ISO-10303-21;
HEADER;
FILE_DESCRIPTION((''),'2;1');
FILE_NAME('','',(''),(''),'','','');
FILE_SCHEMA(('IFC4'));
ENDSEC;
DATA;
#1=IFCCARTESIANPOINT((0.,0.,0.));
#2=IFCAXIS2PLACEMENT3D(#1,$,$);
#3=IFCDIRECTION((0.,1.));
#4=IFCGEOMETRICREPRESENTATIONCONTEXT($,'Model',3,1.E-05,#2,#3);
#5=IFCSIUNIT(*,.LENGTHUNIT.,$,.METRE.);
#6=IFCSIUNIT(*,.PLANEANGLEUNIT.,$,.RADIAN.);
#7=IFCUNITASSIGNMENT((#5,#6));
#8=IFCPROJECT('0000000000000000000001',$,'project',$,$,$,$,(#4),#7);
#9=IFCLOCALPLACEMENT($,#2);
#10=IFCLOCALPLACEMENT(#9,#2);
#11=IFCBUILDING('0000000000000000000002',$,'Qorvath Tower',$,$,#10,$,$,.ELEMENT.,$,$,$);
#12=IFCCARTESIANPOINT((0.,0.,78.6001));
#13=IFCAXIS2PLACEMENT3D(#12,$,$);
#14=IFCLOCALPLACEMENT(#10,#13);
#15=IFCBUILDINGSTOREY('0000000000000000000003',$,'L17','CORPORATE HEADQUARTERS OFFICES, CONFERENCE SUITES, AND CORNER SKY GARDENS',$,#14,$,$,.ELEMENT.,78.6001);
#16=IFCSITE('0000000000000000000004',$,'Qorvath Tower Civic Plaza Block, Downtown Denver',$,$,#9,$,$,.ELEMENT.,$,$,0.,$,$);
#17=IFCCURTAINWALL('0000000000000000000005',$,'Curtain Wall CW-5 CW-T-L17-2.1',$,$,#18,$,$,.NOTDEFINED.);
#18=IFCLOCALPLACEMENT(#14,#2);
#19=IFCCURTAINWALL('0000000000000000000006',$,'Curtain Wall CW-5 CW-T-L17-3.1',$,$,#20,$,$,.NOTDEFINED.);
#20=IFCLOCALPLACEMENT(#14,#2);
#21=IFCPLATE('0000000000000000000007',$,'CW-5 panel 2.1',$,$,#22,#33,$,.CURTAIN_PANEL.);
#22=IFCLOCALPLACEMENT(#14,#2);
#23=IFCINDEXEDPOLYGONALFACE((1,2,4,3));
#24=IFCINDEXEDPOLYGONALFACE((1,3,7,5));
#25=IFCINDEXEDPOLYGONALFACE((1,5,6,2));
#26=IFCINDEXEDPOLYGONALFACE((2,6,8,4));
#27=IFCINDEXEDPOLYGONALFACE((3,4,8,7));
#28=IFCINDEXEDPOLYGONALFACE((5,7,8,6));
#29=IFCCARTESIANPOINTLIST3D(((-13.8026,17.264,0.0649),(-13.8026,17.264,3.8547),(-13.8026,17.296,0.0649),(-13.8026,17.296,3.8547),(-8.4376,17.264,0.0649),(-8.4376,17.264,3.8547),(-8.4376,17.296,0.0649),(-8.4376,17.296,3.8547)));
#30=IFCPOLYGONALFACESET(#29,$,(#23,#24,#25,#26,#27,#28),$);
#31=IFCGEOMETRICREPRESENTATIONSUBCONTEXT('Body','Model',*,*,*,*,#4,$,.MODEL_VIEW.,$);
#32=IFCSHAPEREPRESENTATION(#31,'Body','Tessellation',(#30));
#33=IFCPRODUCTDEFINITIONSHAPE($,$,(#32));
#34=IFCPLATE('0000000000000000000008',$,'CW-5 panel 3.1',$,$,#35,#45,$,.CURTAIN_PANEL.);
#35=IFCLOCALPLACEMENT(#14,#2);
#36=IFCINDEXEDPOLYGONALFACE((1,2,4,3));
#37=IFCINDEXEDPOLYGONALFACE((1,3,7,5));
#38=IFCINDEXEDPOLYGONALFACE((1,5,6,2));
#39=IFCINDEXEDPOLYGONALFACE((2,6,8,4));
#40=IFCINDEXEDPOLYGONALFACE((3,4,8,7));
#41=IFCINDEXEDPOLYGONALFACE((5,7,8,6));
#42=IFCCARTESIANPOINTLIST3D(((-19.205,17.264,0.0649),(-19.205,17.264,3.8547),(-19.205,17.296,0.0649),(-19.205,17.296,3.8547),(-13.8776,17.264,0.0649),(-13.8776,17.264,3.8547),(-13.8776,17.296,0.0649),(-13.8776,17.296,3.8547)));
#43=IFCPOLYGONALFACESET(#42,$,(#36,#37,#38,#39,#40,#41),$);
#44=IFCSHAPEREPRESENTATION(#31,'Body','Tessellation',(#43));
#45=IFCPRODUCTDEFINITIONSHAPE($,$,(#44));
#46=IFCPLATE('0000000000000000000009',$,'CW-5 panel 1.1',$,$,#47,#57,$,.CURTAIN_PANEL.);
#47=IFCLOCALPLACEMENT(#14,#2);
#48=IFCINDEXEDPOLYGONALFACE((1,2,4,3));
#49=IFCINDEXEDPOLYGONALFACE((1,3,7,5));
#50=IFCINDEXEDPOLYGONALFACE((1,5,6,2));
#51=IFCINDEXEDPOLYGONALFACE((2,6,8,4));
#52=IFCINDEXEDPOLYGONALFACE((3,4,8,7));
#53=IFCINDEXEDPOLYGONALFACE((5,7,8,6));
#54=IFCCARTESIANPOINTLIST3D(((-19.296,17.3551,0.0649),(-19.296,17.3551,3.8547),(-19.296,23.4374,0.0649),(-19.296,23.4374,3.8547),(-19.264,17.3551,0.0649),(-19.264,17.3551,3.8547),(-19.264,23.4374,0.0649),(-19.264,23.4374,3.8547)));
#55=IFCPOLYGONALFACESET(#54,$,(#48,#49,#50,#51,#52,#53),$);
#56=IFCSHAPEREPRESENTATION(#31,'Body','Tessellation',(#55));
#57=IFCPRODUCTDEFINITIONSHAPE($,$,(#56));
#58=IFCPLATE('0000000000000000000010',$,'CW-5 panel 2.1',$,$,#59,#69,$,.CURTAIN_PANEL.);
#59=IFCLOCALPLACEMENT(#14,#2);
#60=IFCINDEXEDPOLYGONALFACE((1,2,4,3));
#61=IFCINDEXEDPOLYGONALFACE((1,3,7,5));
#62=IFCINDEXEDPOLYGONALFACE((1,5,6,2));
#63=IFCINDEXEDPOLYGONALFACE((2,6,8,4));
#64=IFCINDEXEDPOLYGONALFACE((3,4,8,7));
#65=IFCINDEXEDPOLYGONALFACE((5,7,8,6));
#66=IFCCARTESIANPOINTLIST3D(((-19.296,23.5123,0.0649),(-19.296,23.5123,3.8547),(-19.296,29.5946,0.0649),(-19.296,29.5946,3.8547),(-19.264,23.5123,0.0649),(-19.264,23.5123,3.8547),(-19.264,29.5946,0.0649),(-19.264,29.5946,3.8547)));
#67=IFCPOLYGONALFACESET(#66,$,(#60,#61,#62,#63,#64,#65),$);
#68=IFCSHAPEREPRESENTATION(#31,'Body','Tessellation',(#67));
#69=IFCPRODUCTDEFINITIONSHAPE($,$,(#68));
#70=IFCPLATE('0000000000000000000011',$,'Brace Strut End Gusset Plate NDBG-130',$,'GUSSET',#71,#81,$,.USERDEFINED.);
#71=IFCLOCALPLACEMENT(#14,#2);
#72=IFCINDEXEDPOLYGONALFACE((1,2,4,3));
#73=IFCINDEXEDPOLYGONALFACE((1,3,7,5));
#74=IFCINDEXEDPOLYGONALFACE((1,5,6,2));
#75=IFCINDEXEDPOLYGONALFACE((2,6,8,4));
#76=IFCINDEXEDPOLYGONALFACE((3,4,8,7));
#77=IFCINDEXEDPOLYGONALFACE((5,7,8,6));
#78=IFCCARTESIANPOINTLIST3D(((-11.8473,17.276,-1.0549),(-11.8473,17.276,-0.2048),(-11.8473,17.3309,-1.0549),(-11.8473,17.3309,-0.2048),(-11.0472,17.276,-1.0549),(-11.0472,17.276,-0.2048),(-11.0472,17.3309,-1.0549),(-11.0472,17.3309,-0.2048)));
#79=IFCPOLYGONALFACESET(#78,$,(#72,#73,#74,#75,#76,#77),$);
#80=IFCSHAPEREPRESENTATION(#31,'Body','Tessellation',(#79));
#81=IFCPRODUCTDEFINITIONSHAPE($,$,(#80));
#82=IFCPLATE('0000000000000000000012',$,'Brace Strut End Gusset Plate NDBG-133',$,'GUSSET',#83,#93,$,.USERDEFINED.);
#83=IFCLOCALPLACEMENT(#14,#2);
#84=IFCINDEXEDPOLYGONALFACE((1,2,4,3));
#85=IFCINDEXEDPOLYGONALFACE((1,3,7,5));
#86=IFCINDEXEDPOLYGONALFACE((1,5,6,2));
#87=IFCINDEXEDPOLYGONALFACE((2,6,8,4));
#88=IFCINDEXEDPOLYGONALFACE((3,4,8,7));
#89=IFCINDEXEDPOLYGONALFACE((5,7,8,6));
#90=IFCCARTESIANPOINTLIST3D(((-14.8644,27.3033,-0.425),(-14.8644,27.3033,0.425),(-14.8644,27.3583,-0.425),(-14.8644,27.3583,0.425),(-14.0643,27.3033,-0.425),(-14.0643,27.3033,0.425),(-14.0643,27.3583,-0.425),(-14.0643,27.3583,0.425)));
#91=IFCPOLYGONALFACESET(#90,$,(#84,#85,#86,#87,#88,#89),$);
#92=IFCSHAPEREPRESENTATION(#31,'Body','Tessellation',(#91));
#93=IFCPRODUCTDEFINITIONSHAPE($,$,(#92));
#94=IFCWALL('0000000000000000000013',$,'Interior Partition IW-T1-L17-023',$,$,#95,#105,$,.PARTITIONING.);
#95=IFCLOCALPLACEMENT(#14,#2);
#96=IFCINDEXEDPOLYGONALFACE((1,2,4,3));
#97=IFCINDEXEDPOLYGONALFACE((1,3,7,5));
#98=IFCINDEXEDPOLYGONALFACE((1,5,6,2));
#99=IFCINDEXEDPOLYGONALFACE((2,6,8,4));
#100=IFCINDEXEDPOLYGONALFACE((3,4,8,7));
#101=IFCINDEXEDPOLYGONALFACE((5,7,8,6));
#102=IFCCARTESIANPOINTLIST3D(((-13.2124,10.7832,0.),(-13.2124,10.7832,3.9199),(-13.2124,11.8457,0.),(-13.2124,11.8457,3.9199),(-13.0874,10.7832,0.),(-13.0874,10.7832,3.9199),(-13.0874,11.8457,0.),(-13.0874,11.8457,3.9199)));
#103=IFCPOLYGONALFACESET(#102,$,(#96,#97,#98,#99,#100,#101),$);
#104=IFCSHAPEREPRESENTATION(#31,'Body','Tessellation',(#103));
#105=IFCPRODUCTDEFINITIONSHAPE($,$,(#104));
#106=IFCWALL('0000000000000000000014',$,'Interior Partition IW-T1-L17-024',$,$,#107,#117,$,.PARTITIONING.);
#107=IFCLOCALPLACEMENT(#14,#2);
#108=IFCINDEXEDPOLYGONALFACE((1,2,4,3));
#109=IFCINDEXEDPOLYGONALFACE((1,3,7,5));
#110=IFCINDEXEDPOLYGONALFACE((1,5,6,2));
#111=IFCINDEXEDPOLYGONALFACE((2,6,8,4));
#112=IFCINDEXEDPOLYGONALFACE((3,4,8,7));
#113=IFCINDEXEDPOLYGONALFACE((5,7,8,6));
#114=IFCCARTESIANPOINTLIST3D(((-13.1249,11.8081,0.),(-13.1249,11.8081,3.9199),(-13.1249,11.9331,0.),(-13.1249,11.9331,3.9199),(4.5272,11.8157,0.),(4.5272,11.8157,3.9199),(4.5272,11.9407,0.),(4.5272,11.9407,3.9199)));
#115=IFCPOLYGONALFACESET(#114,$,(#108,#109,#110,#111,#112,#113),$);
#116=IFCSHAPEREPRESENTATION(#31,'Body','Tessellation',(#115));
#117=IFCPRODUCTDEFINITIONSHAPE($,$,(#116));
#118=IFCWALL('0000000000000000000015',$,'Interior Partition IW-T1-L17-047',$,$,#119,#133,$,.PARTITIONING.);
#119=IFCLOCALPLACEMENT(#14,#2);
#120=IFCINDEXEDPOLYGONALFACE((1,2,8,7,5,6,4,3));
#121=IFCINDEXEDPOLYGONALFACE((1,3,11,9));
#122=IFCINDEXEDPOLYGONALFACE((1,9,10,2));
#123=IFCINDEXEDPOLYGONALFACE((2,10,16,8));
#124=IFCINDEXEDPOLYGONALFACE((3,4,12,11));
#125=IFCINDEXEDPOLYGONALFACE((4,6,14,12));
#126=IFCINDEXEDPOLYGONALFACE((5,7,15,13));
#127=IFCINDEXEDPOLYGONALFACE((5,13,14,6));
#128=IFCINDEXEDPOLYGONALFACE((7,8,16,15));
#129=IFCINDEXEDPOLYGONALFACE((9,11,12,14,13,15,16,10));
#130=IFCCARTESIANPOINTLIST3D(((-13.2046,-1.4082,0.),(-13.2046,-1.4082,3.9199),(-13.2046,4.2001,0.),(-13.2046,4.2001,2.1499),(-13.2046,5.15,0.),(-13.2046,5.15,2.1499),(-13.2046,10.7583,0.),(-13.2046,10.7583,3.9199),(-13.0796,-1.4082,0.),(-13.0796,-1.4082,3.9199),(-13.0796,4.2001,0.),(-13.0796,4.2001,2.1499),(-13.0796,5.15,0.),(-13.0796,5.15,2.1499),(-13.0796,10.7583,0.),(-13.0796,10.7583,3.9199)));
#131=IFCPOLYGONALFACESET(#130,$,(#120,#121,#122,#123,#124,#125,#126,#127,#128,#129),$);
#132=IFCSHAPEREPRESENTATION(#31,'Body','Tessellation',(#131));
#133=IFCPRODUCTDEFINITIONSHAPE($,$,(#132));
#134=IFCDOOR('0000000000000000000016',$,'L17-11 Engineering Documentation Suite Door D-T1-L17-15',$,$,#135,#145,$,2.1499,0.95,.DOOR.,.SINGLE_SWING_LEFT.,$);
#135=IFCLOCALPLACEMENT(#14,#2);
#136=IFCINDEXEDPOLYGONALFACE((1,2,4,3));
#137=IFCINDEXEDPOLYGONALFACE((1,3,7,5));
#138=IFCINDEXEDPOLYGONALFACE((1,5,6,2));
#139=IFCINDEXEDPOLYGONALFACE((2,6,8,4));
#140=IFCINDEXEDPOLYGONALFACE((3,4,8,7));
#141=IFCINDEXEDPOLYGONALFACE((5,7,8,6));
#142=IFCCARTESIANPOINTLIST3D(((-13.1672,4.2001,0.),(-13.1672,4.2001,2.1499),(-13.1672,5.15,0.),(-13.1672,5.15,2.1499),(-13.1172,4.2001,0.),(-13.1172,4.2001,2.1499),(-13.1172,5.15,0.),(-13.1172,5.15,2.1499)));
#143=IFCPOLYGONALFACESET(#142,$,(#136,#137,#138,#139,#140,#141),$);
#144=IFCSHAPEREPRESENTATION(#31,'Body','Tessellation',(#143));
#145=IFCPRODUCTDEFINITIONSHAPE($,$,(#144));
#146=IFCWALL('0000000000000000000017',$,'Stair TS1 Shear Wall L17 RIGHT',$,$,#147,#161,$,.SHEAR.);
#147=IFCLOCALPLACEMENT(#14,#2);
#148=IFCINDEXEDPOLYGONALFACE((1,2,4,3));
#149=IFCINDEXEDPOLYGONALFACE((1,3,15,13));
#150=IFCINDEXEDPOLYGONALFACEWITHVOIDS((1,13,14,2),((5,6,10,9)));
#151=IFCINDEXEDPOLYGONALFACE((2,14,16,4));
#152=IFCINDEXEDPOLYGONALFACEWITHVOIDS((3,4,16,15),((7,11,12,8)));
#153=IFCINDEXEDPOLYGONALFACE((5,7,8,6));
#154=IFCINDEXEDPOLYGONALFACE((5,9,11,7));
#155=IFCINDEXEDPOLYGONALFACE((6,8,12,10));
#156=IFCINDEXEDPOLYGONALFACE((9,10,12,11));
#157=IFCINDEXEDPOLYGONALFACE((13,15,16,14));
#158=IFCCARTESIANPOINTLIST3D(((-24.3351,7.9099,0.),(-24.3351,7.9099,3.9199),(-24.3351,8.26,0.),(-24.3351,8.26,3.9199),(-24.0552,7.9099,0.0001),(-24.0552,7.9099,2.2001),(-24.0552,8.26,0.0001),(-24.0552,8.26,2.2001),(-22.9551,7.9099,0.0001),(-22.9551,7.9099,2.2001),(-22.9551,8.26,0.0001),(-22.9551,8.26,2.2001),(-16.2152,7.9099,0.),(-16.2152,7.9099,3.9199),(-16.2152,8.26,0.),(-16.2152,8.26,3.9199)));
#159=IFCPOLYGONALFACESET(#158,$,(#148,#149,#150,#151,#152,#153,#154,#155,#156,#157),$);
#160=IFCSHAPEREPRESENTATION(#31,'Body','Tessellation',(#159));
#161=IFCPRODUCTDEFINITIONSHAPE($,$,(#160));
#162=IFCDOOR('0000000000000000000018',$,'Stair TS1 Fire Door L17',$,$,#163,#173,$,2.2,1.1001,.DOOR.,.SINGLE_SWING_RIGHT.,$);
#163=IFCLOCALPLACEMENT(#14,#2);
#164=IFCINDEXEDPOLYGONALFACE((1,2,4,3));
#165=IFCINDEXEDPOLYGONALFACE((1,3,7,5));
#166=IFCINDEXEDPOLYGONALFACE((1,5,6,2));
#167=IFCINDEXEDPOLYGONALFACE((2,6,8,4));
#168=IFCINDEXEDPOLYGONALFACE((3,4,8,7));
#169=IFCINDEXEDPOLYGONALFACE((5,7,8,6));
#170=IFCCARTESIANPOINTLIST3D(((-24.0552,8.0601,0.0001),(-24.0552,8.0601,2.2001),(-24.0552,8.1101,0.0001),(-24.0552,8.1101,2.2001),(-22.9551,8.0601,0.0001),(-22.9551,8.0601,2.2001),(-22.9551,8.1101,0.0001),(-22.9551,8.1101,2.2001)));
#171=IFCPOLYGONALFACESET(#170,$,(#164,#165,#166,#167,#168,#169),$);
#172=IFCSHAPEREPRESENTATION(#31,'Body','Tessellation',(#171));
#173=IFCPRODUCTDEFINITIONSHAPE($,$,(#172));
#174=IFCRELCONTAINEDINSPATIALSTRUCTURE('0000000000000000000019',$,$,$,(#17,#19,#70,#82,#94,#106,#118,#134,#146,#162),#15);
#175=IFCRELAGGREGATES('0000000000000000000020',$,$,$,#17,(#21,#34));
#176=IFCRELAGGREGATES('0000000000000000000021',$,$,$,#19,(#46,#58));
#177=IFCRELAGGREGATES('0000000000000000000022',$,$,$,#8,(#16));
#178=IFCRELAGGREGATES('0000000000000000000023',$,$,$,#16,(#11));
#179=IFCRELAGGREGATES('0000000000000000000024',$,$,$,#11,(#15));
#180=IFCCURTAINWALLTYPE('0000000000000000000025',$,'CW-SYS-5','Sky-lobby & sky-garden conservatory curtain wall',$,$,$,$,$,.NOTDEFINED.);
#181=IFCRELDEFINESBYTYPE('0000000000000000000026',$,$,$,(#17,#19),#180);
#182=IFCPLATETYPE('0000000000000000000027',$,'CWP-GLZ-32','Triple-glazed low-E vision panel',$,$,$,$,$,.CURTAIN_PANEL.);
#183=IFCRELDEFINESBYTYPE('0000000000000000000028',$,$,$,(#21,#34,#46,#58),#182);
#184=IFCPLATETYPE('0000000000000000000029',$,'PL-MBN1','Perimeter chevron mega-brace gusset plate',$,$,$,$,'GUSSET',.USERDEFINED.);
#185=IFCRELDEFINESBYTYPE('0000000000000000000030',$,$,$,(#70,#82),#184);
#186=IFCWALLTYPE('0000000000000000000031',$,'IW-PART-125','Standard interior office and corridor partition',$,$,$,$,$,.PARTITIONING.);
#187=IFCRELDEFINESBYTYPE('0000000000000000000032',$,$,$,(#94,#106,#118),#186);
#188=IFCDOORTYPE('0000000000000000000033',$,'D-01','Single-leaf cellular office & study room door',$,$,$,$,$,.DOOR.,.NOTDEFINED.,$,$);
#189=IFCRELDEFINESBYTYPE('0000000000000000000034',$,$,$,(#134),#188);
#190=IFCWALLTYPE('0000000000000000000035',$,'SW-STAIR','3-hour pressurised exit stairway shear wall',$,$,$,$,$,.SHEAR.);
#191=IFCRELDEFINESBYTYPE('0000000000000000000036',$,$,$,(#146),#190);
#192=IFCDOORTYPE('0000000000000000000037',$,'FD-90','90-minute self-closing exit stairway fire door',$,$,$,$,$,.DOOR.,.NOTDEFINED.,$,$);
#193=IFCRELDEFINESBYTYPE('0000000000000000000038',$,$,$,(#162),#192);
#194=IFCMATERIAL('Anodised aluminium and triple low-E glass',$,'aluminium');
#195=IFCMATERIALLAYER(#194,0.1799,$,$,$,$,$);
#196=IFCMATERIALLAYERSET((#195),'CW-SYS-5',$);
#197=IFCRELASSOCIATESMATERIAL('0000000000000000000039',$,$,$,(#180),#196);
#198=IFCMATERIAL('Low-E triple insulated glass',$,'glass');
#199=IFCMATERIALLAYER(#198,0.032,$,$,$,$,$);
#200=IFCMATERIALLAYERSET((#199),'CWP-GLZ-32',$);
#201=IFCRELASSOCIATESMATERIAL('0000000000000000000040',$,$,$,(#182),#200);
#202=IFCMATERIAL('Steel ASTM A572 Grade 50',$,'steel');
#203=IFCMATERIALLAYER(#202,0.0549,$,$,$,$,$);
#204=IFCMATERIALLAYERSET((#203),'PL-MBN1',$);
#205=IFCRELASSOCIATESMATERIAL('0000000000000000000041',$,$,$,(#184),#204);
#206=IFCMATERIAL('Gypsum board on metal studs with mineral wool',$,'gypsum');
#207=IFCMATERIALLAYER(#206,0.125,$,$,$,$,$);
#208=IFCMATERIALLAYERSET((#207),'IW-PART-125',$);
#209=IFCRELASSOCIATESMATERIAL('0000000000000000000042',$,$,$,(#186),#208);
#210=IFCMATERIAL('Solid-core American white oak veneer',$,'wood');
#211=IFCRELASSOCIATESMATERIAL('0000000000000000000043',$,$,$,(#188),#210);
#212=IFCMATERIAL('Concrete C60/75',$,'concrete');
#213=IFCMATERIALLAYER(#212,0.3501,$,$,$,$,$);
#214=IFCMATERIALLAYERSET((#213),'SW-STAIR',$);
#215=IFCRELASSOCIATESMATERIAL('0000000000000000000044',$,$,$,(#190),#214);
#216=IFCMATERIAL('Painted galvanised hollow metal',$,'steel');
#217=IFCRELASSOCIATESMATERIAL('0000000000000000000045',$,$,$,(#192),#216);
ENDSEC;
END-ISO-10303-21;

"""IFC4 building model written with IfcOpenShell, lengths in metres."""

from ifc_helpers import new_model, si_unit, direction, frame, frame_2d, origin, origin_2d, place, context, subcontext, project, spatial, rectangle, extrude, material, layer, layer_set, type_object, element, fill, aggregate, save


model = new_model("IFC4")

# Units and contexts
model_context = context("Model", 3, precision=1e-05, world=origin(), true_north=direction((0.0, 1.0)))
body_context = subcontext(model_context, "Body", "Model", "MODEL_VIEW")
ifc_project = project(units=[si_unit("LENGTHUNIT", "METRE"), si_unit("PLANEANGLEUNIT", "RADIAN")], contexts=[model_context])

# Site, building, storey
site_placement = place(None, origin())
site = spatial("IfcSite", under=ifc_project, at=site_placement, Name="Qorvath Tower Civic Plaza Block, Downtown Denver", CompositionType="ELEMENT", RefElevation=0.0)
building_placement = place(site_placement, origin())
building = spatial("IfcBuilding", under=site, at=building_placement, Name="Qorvath Tower", CompositionType="ELEMENT")
storey_placement = place(building_placement, frame((0.0, 0.0, 78.6001)))
storey = spatial("IfcBuildingStorey", under=building, at=storey_placement, Name="L17", Description="CORPORATE HEADQUARTERS OFFICES, CONFERENCE SUITES, AND CORNER SKY GARDENS", CompositionType="ELEMENT", Elevation=78.6001)

# Curtain walls
ifc_material_1 = material(Name="Anodised aluminium and triple low-E glass", Category="aluminium")
ifc_layer_1 = layer(ifc_material_1, 0.1799)
ifc_layer_set_1 = layer_set([ifc_layer_1], Name="CW-SYS-5")
curtain_wall_type = type_object("IfcCurtainWallType", Name="CW-SYS-5", Description="Sky-lobby & sky-garden conservatory curtain wall", PredefinedType="NOTDEFINED", material=ifc_layer_set_1)
curtain_wall_1_placement = place(storey_placement, origin())
curtain_wall_1 = element("IfcCurtainWall", 1, at=curtain_wall_1_placement, inside=storey, type_object=curtain_wall_type, Name="Curtain Wall CW-5 CW-T-L17-2.1", PredefinedType="NOTDEFINED")
curtain_wall_2_placement = place(storey_placement, origin())
curtain_wall_2 = element("IfcCurtainWall", 2, at=curtain_wall_2_placement, inside=storey, type_object=curtain_wall_type, Name="Curtain Wall CW-5 CW-T-L17-3.1", PredefinedType="NOTDEFINED")

# Plates
ifc_material_2 = material(Name="Low-E triple insulated glass", Category="glass")
ifc_layer_2 = layer(ifc_material_2, 0.032)
ifc_layer_set_2 = layer_set([ifc_layer_2], Name="CWP-GLZ-32")
plate_type_1 = type_object("IfcPlateType", Name="CWP-GLZ-32", Description="Triple-glazed low-E vision panel", PredefinedType="CURTAIN_PANEL", material=ifc_layer_set_2)
plate_1_placement = place(storey_placement, frame((-11.1201, 17.28, 0.0649), z_axis=(0.0, 0.0, 1.0), x_axis=(-1.0, 0.0, 0.0)))
plate_1 = element("IfcPlate", 3, at=plate_1_placement, type_object=plate_type_1, Name="CW-5 panel 2.1", PredefinedType="CURTAIN_PANEL", context=body_context, shape_type="SweptSolid", body=[
    extrude(rectangle(XDim=5.365, YDim=0.032, at=origin_2d()), origin(), (0.0, 0.0, 1.0), 3.7898),
])
plate_2_placement = place(storey_placement, frame((-16.5413, 17.28, 0.0649), z_axis=(0.0, 0.0, 1.0), x_axis=(-1.0, 0.0, 0.0)))
plate_2 = element("IfcPlate", 4, at=plate_2_placement, type_object=plate_type_1, Name="CW-5 panel 3.1", PredefinedType="CURTAIN_PANEL", context=body_context, shape_type="SweptSolid", body=[
    extrude(rectangle(XDim=5.3274, YDim=0.032, at=origin_2d()), origin(), (0.0, 0.0, 1.0), 3.7898),
])
aggregate(curtain_wall_1, [plate_1, plate_2])
plate_3_placement = place(storey_placement, frame((-19.28, 20.3962, 0.0649), z_axis=(0.0, 0.0, 1.0), x_axis=(0.0, 1.0, 0.0)))
plate_3 = element("IfcPlate", 5, at=plate_3_placement, type_object=plate_type_1, Name="CW-5 panel 1.1", PredefinedType="CURTAIN_PANEL", context=body_context, shape_type="SweptSolid", body=[
    extrude(rectangle(XDim=6.0823, YDim=0.032, at=origin_2d()), origin(), (0.0, 0.0, 1.0), 3.7898),
])
plate_4_placement = place(storey_placement, frame((-19.28, 26.5535, 0.0649), z_axis=(0.0, 0.0, 1.0), x_axis=(0.0, 1.0, 0.0)))
plate_4 = element("IfcPlate", 6, at=plate_4_placement, type_object=plate_type_1, Name="CW-5 panel 2.1", PredefinedType="CURTAIN_PANEL", context=body_context, shape_type="SweptSolid", body=[
    extrude(rectangle(XDim=6.0823, YDim=0.032, at=origin_2d()), origin(), (0.0, 0.0, 1.0), 3.7898),
])
aggregate(curtain_wall_2, [plate_3, plate_4])

# Plates
ifc_material_3 = material(Name="Steel ASTM A572 Grade 50", Category="steel")
ifc_layer_3 = layer(ifc_material_3, 0.0549)
ifc_layer_set_3 = layer_set([ifc_layer_3], Name="PL-MBN1")
plate_type_2 = type_object("IfcPlateType", Name="PL-MBN1", Description="Perimeter chevron mega-brace gusset plate", ElementType="GUSSET", PredefinedType="USERDEFINED", material=ifc_layer_set_3)
for number, where, z_axis, x_axis, name in (
    (7, (-11.4473, 17.3035, -1.0549), (0.0, 0.0, 1.0), (1.0, 0.0, 0.0), "Brace Strut End Gusset Plate NDBG-130"),
    (8, (-14.4644, 27.3308, -0.425), (0.0, 0.0, 1.0), (1.0, 0.0, 0.0), "Brace Strut End Gusset Plate NDBG-133"),
):
    element("IfcPlate", number, at=place(storey_placement, frame(where, z_axis=z_axis, x_axis=x_axis)), inside=storey, type_object=plate_type_2, Name=name, ObjectType="GUSSET", PredefinedType="USERDEFINED", context=body_context, shape_type="SweptSolid", body=[
        extrude(rectangle(XDim=0.8, YDim=0.0549, at=origin_2d()), origin(), (0.0, 0.0, 1.0), 0.8501),
    ])

# Walls
ifc_material_4 = material(Name="Gypsum board on metal studs with mineral wool", Category="gypsum")
ifc_layer_4 = layer(ifc_material_4, 0.125)
ifc_layer_set_4 = layer_set([ifc_layer_4], Name="IW-PART-125")
wall_type_1 = type_object("IfcWallType", Name="IW-PART-125", Description="Standard interior office and corridor partition", PredefinedType="PARTITIONING", material=ifc_layer_set_4)
wall_1_placement = place(storey_placement, frame((-13.1499, 11.8457, 0.0), z_axis=(0.0, 0.0, 1.0), x_axis=(0.0, -1.0, 0.0)))
element("IfcWall", 9, at=wall_1_placement, inside=storey, type_object=wall_type_1, Name="Interior Partition IW-T1-L17-023", PredefinedType="PARTITIONING", context=body_context, shape_type="SweptSolid", body=[
    extrude(rectangle(XDim=1.0625, YDim=0.125, at=frame_2d((0.5312, 0.0))), origin(), (0.0, 0.0, 1.0), 3.9199),
])
wall_2_placement = place(storey_placement, frame((-13.125, 11.8706, 0.0), z_axis=(0.0, 0.0, 1.0), x_axis=(1.0, 0.000429, 0.0)))
element("IfcWall", 10, at=wall_2_placement, inside=storey, type_object=wall_type_1, Name="Interior Partition IW-T1-L17-024", PredefinedType="PARTITIONING", context=body_context, shape_type="SweptSolid", body=[
    extrude(rectangle(XDim=17.6521, YDim=0.125, at=frame_2d((8.8262, 0.0))), origin(), (0.0, 0.0, 1.0), 3.9199),
])

# Walls, openings, doors
wall_3_placement = place(storey_placement, frame((-13.1421, 10.7583, 0.0), z_axis=(0.0, 0.0, 1.0), x_axis=(0.0, -1.0, 0.0)))
wall_3 = element("IfcWall", 11, at=wall_3_placement, inside=storey, type_object=wall_type_1, Name="Interior Partition IW-T1-L17-047", PredefinedType="PARTITIONING", context=body_context, shape_type="SweptSolid", body=[
    extrude(rectangle(XDim=12.1665, YDim=0.125, at=frame_2d((6.0833, 0.0))), origin(), (0.0, 0.0, 1.0), 3.9199),
])
opening_1_placement = place(wall_3_placement, frame((5.6082, 0.0, 0.0)))
opening_1 = element("IfcOpeningElement", 12, at=opening_1_placement, cuts=wall_3, PredefinedType="OPENING", context=body_context, shape_type="SweptSolid", body=[
    extrude(rectangle(XDim=0.95, YDim=2.1499, at=frame_2d((0.4751, 1.075))), frame((0.0, 0.0725, 0.0), z_axis=(0.0, -1.0, 0.0), x_axis=(1.0, 0.0, 0.0)), (0.0, 0.0, 1.0), 0.145),
])
ifc_material_5 = material(Name="Solid-core American white oak veneer", Category="wood")
door_type_1 = type_object("IfcDoorType", Name="D-01", Description="Single-leaf cellular office & study room door", OperationType="NOTDEFINED", PredefinedType="DOOR", material=ifc_material_5)
door_1_placement = place(opening_1_placement, origin())
door_1 = element("IfcDoor", 13, at=door_1_placement, inside=storey, type_object=door_type_1, Name="L17-11 Engineering Documentation Suite Door D-T1-L17-15", OperationType="SINGLE_SWING_LEFT", OverallHeight=2.1499, OverallWidth=0.95, PredefinedType="DOOR", context=body_context, shape_type="SweptSolid", body=[
    extrude(rectangle(XDim=0.95, YDim=2.1499, at=frame_2d((0.4751, 1.075))), frame((0.0, 0.0249, 0.0), z_axis=(0.0, -1.0, 0.0), x_axis=(1.0, 0.0, 0.0)), (0.0, 0.0, 1.0), 0.05),
])
fill(opening_1, door_1)
ifc_material_6 = material(Name="Concrete C60/75", Category="concrete")
ifc_layer_5 = layer(ifc_material_6, 0.3501)
ifc_layer_set_5 = layer_set([ifc_layer_5], Name="SW-STAIR")
wall_type_2 = type_object("IfcWallType", Name="SW-STAIR", Description="3-hour pressurised exit stairway shear wall", PredefinedType="SHEAR", material=ifc_layer_set_5)
wall_4_placement = place(storey_placement, frame((-16.2151, 8.085, 0.0), z_axis=(0.0, 0.0, 1.0), x_axis=(-1.0, 0.0, 0.0)))
wall_4 = element("IfcWall", 14, at=wall_4_placement, inside=storey, type_object=wall_type_2, Name="Stair TS1 Shear Wall L17 RIGHT", PredefinedType="SHEAR", context=body_context, shape_type="SweptSolid", body=[
    extrude(rectangle(XDim=8.1199, YDim=0.3501, at=frame_2d((4.0601, 0.0))), origin(), (0.0, 0.0, 1.0), 3.9199),
])
opening_2_placement = place(wall_4_placement, frame((6.74, 0.0, 0.0)))
opening_2 = element("IfcOpeningElement", 15, at=opening_2_placement, cuts=wall_4, PredefinedType="OPENING", context=body_context, shape_type="SweptSolid", body=[
    extrude(rectangle(XDim=1.1001, YDim=2.2, at=frame_2d((0.55, 1.1001))), frame((0.0, 0.1851, 0.0), z_axis=(0.0, -1.0, 0.0), x_axis=(1.0, 0.0, 0.0)), (0.0, 0.0, 1.0), 0.3701),
])
ifc_material_7 = material(Name="Painted galvanised hollow metal", Category="steel")
door_type_2 = type_object("IfcDoorType", Name="FD-90", Description="90-minute self-closing exit stairway fire door", OperationType="NOTDEFINED", PredefinedType="DOOR", material=ifc_material_7)
door_2_placement = place(opening_2_placement, origin())
door_2 = element("IfcDoor", 16, at=door_2_placement, inside=storey, type_object=door_type_2, Name="Stair TS1 Fire Door L17", OperationType="SINGLE_SWING_RIGHT", OverallHeight=2.2, OverallWidth=1.1001, PredefinedType="DOOR", context=body_context, shape_type="SweptSolid", body=[
    extrude(rectangle(XDim=1.1001, YDim=2.2, at=frame_2d((0.55, 1.1001))), frame((0.0, 0.0249, 0.0), z_axis=(0.0, -1.0, 0.0), x_axis=(1.0, 0.0, 0.0)), (0.0, 0.0, 1.0), 0.05),
])
fill(opening_2, door_2)

save(model, "model.ifc")
